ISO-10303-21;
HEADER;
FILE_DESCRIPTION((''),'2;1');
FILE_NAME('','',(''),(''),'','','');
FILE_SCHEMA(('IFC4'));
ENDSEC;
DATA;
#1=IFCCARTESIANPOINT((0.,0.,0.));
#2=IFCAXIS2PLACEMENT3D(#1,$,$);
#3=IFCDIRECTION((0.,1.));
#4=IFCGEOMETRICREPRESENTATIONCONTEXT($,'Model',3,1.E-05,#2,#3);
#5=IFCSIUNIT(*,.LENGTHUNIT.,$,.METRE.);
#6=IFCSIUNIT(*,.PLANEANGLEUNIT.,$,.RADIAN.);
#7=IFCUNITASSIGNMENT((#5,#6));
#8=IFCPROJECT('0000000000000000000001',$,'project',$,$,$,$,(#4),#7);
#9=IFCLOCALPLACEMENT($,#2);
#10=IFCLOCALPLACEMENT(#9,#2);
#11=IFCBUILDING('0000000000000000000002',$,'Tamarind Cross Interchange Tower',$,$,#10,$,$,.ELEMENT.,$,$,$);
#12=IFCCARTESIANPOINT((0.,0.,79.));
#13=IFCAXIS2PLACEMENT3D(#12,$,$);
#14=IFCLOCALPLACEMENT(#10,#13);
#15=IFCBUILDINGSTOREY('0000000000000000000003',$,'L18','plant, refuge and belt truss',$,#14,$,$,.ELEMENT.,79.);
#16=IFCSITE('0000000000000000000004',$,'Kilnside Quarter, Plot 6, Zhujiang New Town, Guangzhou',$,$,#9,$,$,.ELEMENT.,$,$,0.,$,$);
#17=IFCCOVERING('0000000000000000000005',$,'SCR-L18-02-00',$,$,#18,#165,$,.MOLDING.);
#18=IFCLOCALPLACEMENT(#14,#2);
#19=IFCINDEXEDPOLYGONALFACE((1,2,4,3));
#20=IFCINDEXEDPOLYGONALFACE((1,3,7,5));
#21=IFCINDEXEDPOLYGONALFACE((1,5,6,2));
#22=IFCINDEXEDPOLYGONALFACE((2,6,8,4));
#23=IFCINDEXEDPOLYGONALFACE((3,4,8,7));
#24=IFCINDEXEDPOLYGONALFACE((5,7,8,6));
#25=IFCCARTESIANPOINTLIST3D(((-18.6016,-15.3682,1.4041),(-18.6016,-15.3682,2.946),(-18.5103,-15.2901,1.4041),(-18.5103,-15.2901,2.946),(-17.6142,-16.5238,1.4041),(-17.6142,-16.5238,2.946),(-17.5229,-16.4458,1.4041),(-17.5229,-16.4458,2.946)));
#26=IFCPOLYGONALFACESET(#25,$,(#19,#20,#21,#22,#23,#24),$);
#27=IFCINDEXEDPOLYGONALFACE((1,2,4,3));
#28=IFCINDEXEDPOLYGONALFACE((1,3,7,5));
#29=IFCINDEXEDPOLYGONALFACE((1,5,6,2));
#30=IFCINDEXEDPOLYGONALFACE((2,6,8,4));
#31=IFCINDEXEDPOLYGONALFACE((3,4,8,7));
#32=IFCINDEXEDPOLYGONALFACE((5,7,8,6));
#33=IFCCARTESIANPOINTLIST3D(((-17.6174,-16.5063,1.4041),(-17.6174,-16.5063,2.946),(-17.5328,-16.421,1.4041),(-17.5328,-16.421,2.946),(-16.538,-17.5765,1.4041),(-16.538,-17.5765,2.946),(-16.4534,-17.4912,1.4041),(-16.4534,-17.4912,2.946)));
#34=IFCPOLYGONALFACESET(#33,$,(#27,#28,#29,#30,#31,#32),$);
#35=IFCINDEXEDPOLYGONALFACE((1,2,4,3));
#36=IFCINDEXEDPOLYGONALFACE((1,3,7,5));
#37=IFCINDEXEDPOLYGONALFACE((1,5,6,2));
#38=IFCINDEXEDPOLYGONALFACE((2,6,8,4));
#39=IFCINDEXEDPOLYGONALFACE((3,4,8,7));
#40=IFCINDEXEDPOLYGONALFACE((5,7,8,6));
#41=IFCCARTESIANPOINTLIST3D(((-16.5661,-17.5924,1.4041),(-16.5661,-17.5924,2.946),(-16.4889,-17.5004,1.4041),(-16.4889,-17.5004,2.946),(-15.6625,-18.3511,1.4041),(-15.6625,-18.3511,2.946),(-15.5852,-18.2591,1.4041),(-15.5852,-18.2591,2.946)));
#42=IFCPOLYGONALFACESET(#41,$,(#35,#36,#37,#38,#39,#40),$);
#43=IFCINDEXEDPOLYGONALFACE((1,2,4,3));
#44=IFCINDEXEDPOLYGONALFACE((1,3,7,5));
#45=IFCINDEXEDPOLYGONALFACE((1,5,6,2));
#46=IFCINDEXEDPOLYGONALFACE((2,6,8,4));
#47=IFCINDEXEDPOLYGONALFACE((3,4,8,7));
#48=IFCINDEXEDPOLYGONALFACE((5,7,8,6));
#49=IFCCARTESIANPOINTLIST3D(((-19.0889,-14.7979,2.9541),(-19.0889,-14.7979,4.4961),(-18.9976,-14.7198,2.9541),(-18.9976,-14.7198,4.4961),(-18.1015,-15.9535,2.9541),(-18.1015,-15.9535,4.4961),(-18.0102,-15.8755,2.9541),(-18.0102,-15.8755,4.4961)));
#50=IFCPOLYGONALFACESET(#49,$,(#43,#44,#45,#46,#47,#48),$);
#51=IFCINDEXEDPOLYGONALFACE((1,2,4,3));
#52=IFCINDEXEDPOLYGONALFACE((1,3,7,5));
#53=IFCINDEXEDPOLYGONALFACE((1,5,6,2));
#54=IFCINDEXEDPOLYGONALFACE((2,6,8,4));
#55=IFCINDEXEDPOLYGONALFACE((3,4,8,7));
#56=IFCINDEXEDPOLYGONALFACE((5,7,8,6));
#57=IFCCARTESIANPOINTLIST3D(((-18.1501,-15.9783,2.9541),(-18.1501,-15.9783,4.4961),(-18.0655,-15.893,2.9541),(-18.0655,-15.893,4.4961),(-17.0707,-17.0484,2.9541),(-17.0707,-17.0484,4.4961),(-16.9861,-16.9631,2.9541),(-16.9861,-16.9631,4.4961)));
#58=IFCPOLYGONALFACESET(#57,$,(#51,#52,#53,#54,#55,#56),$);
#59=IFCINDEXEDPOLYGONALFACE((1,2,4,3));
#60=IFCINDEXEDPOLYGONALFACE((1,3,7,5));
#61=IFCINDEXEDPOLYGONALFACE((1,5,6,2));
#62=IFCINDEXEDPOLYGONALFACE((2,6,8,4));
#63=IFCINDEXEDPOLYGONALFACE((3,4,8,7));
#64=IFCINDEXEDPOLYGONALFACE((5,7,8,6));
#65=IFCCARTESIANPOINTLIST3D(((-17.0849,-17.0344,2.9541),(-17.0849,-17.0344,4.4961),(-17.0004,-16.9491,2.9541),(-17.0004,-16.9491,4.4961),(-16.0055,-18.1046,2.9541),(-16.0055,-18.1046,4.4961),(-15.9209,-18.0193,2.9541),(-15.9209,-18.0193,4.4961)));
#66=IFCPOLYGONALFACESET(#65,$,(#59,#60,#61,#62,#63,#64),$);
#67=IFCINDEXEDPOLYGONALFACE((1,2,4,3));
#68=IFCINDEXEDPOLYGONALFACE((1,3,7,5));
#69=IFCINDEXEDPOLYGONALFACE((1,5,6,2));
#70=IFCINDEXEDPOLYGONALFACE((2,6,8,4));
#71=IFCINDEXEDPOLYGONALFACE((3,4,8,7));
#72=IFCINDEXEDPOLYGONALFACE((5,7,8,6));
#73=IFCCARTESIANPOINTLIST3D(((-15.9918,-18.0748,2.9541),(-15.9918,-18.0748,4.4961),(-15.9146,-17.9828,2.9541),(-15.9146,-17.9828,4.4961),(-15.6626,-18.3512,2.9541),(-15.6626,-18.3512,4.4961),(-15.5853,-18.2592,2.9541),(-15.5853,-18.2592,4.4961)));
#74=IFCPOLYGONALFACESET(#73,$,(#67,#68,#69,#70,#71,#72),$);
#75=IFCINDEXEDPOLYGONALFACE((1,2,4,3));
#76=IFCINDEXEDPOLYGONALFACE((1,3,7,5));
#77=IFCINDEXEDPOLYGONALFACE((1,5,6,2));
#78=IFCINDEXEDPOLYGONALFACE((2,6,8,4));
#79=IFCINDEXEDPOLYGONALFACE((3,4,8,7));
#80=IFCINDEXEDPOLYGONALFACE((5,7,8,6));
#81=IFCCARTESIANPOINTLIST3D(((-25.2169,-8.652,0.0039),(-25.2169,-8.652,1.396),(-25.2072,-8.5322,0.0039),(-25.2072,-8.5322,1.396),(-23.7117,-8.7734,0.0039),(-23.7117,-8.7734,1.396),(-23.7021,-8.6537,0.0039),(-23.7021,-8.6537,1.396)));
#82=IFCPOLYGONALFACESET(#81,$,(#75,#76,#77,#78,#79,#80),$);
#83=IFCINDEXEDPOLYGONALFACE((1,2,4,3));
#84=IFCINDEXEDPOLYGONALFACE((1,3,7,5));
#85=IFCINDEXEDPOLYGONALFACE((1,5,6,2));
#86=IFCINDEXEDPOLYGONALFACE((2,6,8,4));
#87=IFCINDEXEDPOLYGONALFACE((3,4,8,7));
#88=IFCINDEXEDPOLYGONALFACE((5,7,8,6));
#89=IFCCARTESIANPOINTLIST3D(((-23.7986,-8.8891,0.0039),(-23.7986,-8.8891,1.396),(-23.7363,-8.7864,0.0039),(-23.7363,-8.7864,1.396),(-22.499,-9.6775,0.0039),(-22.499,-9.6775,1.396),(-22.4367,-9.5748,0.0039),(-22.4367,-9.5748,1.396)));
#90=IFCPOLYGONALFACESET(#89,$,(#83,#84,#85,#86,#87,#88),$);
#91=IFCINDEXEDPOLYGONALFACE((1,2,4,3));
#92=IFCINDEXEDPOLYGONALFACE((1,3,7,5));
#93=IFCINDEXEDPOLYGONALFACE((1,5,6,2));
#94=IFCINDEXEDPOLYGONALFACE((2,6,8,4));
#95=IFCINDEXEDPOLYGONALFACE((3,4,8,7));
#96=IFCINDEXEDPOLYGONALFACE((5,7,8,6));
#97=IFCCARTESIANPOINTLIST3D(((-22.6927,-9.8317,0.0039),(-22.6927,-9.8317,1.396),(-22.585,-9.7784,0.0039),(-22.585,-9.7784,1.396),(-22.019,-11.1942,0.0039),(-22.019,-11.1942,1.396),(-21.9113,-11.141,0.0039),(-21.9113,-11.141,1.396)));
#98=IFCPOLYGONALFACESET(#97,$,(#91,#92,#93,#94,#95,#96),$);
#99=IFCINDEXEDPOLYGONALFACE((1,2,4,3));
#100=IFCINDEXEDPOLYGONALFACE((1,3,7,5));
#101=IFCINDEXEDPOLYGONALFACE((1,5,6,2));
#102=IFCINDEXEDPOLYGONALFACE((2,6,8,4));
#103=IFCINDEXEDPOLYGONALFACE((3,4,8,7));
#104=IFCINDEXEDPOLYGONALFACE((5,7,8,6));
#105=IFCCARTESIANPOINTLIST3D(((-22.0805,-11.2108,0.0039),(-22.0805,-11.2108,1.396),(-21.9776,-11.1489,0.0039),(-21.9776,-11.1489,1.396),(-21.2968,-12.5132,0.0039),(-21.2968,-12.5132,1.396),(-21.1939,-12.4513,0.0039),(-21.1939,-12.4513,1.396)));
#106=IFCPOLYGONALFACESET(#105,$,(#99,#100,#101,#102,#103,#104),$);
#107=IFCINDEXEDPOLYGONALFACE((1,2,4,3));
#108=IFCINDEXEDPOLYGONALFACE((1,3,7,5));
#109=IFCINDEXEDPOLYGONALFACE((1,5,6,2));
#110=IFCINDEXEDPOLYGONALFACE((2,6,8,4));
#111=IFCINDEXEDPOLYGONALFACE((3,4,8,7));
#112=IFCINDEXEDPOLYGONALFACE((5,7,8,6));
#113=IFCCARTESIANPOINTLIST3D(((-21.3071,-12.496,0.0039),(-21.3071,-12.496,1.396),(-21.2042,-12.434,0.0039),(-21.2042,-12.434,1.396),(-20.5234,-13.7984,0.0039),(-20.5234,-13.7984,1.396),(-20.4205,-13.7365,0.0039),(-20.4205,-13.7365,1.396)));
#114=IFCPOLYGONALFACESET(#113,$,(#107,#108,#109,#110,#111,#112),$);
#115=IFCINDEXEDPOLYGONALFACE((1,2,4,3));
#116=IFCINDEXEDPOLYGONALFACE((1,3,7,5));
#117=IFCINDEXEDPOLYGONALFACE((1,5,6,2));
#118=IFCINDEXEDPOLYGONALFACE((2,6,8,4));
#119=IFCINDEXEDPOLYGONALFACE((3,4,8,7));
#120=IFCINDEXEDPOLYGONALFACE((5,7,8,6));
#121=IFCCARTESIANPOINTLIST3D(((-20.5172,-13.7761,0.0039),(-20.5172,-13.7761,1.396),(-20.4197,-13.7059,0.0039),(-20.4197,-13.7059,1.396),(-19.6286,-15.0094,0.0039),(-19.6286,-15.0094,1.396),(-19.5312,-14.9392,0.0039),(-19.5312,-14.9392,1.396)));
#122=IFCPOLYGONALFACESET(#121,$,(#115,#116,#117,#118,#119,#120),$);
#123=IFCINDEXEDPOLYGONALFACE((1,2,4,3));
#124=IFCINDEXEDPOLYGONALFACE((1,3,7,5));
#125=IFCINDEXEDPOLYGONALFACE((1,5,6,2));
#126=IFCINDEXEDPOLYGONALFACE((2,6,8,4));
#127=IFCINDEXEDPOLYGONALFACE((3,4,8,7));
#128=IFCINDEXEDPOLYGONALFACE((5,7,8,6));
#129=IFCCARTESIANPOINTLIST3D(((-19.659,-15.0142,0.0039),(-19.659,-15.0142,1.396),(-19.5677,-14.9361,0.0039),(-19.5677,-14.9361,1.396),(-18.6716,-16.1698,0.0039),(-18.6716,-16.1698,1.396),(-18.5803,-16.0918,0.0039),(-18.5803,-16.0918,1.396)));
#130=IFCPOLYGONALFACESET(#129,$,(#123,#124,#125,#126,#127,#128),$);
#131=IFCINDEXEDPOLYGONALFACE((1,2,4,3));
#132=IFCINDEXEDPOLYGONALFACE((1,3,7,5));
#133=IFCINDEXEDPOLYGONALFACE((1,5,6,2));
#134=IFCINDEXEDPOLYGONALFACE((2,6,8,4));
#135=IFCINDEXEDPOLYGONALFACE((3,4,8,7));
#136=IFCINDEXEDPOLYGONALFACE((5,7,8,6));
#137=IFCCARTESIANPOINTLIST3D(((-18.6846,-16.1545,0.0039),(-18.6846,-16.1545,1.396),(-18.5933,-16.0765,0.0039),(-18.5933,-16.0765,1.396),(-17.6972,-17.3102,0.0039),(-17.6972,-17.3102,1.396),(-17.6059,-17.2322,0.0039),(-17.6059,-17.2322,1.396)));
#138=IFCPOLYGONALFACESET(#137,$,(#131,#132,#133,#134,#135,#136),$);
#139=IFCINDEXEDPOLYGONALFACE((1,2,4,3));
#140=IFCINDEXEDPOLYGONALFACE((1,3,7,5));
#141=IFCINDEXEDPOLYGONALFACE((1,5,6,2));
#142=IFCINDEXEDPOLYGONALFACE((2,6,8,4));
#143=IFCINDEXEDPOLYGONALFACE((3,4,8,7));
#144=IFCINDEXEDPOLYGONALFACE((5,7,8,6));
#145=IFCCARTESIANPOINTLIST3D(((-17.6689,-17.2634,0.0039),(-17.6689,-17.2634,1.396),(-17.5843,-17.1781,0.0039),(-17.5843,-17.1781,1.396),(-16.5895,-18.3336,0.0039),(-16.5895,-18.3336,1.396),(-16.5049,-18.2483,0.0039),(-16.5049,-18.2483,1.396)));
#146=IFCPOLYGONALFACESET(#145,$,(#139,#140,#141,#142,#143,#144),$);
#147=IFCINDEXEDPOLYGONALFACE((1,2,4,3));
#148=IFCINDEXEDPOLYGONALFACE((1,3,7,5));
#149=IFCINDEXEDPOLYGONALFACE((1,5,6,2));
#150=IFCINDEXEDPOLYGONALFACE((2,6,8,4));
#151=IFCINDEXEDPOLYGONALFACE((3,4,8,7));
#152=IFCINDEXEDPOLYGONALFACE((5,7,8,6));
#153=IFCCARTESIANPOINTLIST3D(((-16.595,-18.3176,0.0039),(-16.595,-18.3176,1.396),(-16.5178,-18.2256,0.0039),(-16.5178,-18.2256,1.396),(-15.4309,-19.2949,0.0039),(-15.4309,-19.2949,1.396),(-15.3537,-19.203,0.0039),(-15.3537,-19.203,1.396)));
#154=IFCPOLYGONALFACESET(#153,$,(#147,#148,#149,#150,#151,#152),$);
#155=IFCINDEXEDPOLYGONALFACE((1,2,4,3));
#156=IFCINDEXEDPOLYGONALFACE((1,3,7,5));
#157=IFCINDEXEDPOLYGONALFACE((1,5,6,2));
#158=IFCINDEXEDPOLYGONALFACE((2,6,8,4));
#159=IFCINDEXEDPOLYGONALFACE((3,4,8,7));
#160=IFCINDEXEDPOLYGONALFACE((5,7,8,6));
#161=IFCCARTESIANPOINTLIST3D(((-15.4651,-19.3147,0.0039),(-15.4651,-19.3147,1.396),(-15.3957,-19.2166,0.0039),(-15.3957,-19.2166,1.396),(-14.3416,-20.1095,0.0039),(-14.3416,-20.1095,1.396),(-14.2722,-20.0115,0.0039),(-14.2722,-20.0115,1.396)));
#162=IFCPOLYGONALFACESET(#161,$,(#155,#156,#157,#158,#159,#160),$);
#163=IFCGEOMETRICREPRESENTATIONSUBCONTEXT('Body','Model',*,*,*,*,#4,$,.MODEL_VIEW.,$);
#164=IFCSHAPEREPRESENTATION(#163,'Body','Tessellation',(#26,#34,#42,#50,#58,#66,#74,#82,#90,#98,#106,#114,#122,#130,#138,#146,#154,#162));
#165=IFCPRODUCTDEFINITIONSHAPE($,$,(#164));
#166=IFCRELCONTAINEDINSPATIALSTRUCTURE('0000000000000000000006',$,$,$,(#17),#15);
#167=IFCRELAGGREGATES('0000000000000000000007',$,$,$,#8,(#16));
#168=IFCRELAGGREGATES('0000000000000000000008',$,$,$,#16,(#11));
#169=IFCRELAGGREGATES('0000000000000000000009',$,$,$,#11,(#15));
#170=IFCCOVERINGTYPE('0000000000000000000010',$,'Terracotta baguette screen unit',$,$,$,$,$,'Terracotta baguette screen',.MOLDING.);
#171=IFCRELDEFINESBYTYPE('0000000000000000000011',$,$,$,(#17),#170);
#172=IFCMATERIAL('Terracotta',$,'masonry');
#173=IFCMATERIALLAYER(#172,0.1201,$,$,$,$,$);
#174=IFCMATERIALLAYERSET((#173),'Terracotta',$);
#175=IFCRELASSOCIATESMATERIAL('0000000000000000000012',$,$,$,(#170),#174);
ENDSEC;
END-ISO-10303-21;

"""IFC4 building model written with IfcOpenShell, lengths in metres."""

from ifc_helpers import new_model, si_unit, direction, frame, origin, origin_2d, place, context, subcontext, project, spatial, rectangle, extrude, material, layer, layer_set, type_object, element, save


model = new_model("IFC4")

# Units and contexts
model_context = context("Model", 3, precision=1e-05, world=origin(), true_north=direction((0.0, 1.0)))
body_context = subcontext(model_context, "Body", "Model", "MODEL_VIEW")
ifc_project = project(units=[si_unit("LENGTHUNIT", "METRE"), si_unit("PLANEANGLEUNIT", "RADIAN")], contexts=[model_context])

# Site, building, storey
site_placement = place(None, origin())
site = spatial("IfcSite", under=ifc_project, at=site_placement, Name="Kilnside Quarter, Plot 6, Zhujiang New Town, Guangzhou", CompositionType="ELEMENT", RefElevation=0.0)
building_placement = place(site_placement, origin())
building = spatial("IfcBuilding", under=site, at=building_placement, Name="Tamarind Cross Interchange Tower", CompositionType="ELEMENT")
storey_placement = place(building_placement, frame((0.0, 0.0, 79.0)))
storey = spatial("IfcBuildingStorey", under=building, at=storey_placement, Name="L18", Description="plant, refuge and belt truss", CompositionType="ELEMENT", Elevation=79.0)

# Covering
ifc_material_1 = material(Name="Terracotta", Category="masonry")
ifc_layer_1 = layer(ifc_material_1, 0.1201)
ifc_layer_set_1 = layer_set([ifc_layer_1], Name="Terracotta")
covering_type = type_object("IfcCoveringType", Name="Terracotta baguette screen unit", ElementType="Terracotta baguette screen", PredefinedType="MOLDING", material=ifc_layer_set_1)
covering_1_placement = place(storey_placement, origin())
element("IfcCovering", 1, at=covering_1_placement, inside=storey, type_object=covering_type, Name="SCR-L18-02-00", PredefinedType="MOLDING", context=body_context, shape_type="SweptSolid", body=[
    extrude(rectangle(XDim=1.52, YDim=0.1201, at=origin_2d()), frame((-18.0623, -15.907, 1.4041), z_axis=(0.0, 0.0, 1.0), x_axis=(0.649577, -0.760296, 0.0)), (0.0, 0.0, 1.0), 1.542),
    extrude(rectangle(XDim=1.52, YDim=0.1201, at=origin_2d()), frame((-17.0354, -16.9988, 1.4041), z_axis=(0.0, 0.0, 1.0), x_axis=(0.710143, -0.704057, 0.0)), (0.0, 0.0, 1.0), 1.542),
    extrude(rectangle(XDim=1.1799, YDim=0.1201, at=origin_2d()), frame((-16.0757, -17.9258, 1.4041), z_axis=(0.0, 0.0, 1.0), x_axis=(0.765858, -0.643009, 0.0)), (0.0, 0.0, 1.0), 1.542),
    extrude(rectangle(XDim=1.52, YDim=0.1201, at=origin_2d()), frame((-18.5496, -15.3367, 2.9541), z_axis=(0.0, 0.0, 1.0), x_axis=(0.649577, -0.760296, 0.0)), (0.0, 0.0, 1.0), 1.542),
    extrude(rectangle(XDim=1.52, YDim=0.1201, at=origin_2d()), frame((-17.5681, -16.4707, 2.9541), z_axis=(0.0, 0.0, 1.0), x_axis=(0.710143, -0.704057, 0.0)), (0.0, 0.0, 1.0), 1.542),
    extrude(rectangle(XDim=1.52, YDim=0.1201, at=origin_2d()), frame((-16.5029, -17.5269, 2.9541), z_axis=(0.0, 0.0, 1.0), x_axis=(0.710143, -0.704057, 0.0)), (0.0, 0.0, 1.0), 1.542),
    extrude(rectangle(XDim=0.4299, YDim=0.1201, at=origin_2d()), frame((-15.7886, -18.167, 2.9541), z_axis=(0.0, 0.0, 1.0), x_axis=(0.765858, -0.643009, 0.0)), (0.0, 0.0, 1.0), 1.542),
    extrude(rectangle(XDim=1.51, YDim=0.1201, at=origin_2d()), frame((-24.4595, -8.6528, 0.0039), z_axis=(0.0, 0.0, 1.0), x_axis=(0.996761, -0.080423, 0.0)), (0.0, 0.0, 1.0), 1.3921),
    extrude(rectangle(XDim=1.52, YDim=0.1201, at=origin_2d()), frame((-23.1177, -9.2319, 0.0039), z_axis=(0.0, 0.0, 1.0), x_axis=(0.854987, -0.518649, 0.0)), (0.0, 0.0, 1.0), 1.3921),
    extrude(rectangle(XDim=1.52, YDim=0.1201, at=origin_2d()), frame((-22.302, -10.4863, 0.0039), z_axis=(0.0, 0.0, 1.0), x_axis=(0.443199, -0.896423, 0.0)), (0.0, 0.0, 1.0), 1.3921),
    extrude(rectangle(XDim=1.52, YDim=0.1201, at=origin_2d()), frame((-21.6372, -11.8311, 0.0039), z_axis=(0.0, 0.0, 1.0), x_axis=(0.515577, -0.856843, 0.0)), (0.0, 0.0, 1.0), 1.3921),
    extrude(rectangle(XDim=1.52, YDim=0.1201, at=origin_2d()), frame((-20.8638, -13.1162, 0.0039), z_axis=(0.0, 0.0, 1.0), x_axis=(0.515577, -0.856843, 0.0)), (0.0, 0.0, 1.0), 1.3921),
    extrude(rectangle(XDim=1.52, YDim=0.1201, at=origin_2d()), frame((-20.0242, -14.3577, 0.0039), z_axis=(0.0, 0.0, 1.0), x_axis=(0.584574, -0.81134, 0.0)), (0.0, 0.0, 1.0), 1.3921),
    extrude(rectangle(XDim=1.52, YDim=0.1201, at=origin_2d()), frame((-19.1196, -15.553, 0.0039), z_axis=(0.0, 0.0, 1.0), x_axis=(0.649577, -0.760296, 0.0)), (0.0, 0.0, 1.0), 1.3921),
    extrude(rectangle(XDim=1.52, YDim=0.1201, at=origin_2d()), frame((-18.1453, -16.6934, 0.0039), z_axis=(0.0, 0.0, 1.0), x_axis=(0.649577, -0.760296, 0.0)), (0.0, 0.0, 1.0), 1.3921),
    extrude(rectangle(XDim=1.52, YDim=0.1201, at=origin_2d()), frame((-17.0869, -17.7559, 0.0039), z_axis=(0.0, 0.0, 1.0), x_axis=(0.710143, -0.704057, 0.0)), (0.0, 0.0, 1.0), 1.3921),
    extrude(rectangle(XDim=1.52, YDim=0.1201, at=origin_2d()), frame((-15.9744, -18.7603, 0.0039), z_axis=(0.0, 0.0, 1.0), x_axis=(0.765858, -0.643009, 0.0)), (0.0, 0.0, 1.0), 1.3921),
    extrude(rectangle(XDim=1.3762, YDim=0.1201, at=origin_2d()), frame((-14.8687, -19.6631, 0.0039), z_axis=(0.0, 0.0, 1.0), x_axis=(0.816342, -0.577569, 0.0)), (0.0, 0.0, 1.0), 1.3921),
])

save(model, "model.ifc")
